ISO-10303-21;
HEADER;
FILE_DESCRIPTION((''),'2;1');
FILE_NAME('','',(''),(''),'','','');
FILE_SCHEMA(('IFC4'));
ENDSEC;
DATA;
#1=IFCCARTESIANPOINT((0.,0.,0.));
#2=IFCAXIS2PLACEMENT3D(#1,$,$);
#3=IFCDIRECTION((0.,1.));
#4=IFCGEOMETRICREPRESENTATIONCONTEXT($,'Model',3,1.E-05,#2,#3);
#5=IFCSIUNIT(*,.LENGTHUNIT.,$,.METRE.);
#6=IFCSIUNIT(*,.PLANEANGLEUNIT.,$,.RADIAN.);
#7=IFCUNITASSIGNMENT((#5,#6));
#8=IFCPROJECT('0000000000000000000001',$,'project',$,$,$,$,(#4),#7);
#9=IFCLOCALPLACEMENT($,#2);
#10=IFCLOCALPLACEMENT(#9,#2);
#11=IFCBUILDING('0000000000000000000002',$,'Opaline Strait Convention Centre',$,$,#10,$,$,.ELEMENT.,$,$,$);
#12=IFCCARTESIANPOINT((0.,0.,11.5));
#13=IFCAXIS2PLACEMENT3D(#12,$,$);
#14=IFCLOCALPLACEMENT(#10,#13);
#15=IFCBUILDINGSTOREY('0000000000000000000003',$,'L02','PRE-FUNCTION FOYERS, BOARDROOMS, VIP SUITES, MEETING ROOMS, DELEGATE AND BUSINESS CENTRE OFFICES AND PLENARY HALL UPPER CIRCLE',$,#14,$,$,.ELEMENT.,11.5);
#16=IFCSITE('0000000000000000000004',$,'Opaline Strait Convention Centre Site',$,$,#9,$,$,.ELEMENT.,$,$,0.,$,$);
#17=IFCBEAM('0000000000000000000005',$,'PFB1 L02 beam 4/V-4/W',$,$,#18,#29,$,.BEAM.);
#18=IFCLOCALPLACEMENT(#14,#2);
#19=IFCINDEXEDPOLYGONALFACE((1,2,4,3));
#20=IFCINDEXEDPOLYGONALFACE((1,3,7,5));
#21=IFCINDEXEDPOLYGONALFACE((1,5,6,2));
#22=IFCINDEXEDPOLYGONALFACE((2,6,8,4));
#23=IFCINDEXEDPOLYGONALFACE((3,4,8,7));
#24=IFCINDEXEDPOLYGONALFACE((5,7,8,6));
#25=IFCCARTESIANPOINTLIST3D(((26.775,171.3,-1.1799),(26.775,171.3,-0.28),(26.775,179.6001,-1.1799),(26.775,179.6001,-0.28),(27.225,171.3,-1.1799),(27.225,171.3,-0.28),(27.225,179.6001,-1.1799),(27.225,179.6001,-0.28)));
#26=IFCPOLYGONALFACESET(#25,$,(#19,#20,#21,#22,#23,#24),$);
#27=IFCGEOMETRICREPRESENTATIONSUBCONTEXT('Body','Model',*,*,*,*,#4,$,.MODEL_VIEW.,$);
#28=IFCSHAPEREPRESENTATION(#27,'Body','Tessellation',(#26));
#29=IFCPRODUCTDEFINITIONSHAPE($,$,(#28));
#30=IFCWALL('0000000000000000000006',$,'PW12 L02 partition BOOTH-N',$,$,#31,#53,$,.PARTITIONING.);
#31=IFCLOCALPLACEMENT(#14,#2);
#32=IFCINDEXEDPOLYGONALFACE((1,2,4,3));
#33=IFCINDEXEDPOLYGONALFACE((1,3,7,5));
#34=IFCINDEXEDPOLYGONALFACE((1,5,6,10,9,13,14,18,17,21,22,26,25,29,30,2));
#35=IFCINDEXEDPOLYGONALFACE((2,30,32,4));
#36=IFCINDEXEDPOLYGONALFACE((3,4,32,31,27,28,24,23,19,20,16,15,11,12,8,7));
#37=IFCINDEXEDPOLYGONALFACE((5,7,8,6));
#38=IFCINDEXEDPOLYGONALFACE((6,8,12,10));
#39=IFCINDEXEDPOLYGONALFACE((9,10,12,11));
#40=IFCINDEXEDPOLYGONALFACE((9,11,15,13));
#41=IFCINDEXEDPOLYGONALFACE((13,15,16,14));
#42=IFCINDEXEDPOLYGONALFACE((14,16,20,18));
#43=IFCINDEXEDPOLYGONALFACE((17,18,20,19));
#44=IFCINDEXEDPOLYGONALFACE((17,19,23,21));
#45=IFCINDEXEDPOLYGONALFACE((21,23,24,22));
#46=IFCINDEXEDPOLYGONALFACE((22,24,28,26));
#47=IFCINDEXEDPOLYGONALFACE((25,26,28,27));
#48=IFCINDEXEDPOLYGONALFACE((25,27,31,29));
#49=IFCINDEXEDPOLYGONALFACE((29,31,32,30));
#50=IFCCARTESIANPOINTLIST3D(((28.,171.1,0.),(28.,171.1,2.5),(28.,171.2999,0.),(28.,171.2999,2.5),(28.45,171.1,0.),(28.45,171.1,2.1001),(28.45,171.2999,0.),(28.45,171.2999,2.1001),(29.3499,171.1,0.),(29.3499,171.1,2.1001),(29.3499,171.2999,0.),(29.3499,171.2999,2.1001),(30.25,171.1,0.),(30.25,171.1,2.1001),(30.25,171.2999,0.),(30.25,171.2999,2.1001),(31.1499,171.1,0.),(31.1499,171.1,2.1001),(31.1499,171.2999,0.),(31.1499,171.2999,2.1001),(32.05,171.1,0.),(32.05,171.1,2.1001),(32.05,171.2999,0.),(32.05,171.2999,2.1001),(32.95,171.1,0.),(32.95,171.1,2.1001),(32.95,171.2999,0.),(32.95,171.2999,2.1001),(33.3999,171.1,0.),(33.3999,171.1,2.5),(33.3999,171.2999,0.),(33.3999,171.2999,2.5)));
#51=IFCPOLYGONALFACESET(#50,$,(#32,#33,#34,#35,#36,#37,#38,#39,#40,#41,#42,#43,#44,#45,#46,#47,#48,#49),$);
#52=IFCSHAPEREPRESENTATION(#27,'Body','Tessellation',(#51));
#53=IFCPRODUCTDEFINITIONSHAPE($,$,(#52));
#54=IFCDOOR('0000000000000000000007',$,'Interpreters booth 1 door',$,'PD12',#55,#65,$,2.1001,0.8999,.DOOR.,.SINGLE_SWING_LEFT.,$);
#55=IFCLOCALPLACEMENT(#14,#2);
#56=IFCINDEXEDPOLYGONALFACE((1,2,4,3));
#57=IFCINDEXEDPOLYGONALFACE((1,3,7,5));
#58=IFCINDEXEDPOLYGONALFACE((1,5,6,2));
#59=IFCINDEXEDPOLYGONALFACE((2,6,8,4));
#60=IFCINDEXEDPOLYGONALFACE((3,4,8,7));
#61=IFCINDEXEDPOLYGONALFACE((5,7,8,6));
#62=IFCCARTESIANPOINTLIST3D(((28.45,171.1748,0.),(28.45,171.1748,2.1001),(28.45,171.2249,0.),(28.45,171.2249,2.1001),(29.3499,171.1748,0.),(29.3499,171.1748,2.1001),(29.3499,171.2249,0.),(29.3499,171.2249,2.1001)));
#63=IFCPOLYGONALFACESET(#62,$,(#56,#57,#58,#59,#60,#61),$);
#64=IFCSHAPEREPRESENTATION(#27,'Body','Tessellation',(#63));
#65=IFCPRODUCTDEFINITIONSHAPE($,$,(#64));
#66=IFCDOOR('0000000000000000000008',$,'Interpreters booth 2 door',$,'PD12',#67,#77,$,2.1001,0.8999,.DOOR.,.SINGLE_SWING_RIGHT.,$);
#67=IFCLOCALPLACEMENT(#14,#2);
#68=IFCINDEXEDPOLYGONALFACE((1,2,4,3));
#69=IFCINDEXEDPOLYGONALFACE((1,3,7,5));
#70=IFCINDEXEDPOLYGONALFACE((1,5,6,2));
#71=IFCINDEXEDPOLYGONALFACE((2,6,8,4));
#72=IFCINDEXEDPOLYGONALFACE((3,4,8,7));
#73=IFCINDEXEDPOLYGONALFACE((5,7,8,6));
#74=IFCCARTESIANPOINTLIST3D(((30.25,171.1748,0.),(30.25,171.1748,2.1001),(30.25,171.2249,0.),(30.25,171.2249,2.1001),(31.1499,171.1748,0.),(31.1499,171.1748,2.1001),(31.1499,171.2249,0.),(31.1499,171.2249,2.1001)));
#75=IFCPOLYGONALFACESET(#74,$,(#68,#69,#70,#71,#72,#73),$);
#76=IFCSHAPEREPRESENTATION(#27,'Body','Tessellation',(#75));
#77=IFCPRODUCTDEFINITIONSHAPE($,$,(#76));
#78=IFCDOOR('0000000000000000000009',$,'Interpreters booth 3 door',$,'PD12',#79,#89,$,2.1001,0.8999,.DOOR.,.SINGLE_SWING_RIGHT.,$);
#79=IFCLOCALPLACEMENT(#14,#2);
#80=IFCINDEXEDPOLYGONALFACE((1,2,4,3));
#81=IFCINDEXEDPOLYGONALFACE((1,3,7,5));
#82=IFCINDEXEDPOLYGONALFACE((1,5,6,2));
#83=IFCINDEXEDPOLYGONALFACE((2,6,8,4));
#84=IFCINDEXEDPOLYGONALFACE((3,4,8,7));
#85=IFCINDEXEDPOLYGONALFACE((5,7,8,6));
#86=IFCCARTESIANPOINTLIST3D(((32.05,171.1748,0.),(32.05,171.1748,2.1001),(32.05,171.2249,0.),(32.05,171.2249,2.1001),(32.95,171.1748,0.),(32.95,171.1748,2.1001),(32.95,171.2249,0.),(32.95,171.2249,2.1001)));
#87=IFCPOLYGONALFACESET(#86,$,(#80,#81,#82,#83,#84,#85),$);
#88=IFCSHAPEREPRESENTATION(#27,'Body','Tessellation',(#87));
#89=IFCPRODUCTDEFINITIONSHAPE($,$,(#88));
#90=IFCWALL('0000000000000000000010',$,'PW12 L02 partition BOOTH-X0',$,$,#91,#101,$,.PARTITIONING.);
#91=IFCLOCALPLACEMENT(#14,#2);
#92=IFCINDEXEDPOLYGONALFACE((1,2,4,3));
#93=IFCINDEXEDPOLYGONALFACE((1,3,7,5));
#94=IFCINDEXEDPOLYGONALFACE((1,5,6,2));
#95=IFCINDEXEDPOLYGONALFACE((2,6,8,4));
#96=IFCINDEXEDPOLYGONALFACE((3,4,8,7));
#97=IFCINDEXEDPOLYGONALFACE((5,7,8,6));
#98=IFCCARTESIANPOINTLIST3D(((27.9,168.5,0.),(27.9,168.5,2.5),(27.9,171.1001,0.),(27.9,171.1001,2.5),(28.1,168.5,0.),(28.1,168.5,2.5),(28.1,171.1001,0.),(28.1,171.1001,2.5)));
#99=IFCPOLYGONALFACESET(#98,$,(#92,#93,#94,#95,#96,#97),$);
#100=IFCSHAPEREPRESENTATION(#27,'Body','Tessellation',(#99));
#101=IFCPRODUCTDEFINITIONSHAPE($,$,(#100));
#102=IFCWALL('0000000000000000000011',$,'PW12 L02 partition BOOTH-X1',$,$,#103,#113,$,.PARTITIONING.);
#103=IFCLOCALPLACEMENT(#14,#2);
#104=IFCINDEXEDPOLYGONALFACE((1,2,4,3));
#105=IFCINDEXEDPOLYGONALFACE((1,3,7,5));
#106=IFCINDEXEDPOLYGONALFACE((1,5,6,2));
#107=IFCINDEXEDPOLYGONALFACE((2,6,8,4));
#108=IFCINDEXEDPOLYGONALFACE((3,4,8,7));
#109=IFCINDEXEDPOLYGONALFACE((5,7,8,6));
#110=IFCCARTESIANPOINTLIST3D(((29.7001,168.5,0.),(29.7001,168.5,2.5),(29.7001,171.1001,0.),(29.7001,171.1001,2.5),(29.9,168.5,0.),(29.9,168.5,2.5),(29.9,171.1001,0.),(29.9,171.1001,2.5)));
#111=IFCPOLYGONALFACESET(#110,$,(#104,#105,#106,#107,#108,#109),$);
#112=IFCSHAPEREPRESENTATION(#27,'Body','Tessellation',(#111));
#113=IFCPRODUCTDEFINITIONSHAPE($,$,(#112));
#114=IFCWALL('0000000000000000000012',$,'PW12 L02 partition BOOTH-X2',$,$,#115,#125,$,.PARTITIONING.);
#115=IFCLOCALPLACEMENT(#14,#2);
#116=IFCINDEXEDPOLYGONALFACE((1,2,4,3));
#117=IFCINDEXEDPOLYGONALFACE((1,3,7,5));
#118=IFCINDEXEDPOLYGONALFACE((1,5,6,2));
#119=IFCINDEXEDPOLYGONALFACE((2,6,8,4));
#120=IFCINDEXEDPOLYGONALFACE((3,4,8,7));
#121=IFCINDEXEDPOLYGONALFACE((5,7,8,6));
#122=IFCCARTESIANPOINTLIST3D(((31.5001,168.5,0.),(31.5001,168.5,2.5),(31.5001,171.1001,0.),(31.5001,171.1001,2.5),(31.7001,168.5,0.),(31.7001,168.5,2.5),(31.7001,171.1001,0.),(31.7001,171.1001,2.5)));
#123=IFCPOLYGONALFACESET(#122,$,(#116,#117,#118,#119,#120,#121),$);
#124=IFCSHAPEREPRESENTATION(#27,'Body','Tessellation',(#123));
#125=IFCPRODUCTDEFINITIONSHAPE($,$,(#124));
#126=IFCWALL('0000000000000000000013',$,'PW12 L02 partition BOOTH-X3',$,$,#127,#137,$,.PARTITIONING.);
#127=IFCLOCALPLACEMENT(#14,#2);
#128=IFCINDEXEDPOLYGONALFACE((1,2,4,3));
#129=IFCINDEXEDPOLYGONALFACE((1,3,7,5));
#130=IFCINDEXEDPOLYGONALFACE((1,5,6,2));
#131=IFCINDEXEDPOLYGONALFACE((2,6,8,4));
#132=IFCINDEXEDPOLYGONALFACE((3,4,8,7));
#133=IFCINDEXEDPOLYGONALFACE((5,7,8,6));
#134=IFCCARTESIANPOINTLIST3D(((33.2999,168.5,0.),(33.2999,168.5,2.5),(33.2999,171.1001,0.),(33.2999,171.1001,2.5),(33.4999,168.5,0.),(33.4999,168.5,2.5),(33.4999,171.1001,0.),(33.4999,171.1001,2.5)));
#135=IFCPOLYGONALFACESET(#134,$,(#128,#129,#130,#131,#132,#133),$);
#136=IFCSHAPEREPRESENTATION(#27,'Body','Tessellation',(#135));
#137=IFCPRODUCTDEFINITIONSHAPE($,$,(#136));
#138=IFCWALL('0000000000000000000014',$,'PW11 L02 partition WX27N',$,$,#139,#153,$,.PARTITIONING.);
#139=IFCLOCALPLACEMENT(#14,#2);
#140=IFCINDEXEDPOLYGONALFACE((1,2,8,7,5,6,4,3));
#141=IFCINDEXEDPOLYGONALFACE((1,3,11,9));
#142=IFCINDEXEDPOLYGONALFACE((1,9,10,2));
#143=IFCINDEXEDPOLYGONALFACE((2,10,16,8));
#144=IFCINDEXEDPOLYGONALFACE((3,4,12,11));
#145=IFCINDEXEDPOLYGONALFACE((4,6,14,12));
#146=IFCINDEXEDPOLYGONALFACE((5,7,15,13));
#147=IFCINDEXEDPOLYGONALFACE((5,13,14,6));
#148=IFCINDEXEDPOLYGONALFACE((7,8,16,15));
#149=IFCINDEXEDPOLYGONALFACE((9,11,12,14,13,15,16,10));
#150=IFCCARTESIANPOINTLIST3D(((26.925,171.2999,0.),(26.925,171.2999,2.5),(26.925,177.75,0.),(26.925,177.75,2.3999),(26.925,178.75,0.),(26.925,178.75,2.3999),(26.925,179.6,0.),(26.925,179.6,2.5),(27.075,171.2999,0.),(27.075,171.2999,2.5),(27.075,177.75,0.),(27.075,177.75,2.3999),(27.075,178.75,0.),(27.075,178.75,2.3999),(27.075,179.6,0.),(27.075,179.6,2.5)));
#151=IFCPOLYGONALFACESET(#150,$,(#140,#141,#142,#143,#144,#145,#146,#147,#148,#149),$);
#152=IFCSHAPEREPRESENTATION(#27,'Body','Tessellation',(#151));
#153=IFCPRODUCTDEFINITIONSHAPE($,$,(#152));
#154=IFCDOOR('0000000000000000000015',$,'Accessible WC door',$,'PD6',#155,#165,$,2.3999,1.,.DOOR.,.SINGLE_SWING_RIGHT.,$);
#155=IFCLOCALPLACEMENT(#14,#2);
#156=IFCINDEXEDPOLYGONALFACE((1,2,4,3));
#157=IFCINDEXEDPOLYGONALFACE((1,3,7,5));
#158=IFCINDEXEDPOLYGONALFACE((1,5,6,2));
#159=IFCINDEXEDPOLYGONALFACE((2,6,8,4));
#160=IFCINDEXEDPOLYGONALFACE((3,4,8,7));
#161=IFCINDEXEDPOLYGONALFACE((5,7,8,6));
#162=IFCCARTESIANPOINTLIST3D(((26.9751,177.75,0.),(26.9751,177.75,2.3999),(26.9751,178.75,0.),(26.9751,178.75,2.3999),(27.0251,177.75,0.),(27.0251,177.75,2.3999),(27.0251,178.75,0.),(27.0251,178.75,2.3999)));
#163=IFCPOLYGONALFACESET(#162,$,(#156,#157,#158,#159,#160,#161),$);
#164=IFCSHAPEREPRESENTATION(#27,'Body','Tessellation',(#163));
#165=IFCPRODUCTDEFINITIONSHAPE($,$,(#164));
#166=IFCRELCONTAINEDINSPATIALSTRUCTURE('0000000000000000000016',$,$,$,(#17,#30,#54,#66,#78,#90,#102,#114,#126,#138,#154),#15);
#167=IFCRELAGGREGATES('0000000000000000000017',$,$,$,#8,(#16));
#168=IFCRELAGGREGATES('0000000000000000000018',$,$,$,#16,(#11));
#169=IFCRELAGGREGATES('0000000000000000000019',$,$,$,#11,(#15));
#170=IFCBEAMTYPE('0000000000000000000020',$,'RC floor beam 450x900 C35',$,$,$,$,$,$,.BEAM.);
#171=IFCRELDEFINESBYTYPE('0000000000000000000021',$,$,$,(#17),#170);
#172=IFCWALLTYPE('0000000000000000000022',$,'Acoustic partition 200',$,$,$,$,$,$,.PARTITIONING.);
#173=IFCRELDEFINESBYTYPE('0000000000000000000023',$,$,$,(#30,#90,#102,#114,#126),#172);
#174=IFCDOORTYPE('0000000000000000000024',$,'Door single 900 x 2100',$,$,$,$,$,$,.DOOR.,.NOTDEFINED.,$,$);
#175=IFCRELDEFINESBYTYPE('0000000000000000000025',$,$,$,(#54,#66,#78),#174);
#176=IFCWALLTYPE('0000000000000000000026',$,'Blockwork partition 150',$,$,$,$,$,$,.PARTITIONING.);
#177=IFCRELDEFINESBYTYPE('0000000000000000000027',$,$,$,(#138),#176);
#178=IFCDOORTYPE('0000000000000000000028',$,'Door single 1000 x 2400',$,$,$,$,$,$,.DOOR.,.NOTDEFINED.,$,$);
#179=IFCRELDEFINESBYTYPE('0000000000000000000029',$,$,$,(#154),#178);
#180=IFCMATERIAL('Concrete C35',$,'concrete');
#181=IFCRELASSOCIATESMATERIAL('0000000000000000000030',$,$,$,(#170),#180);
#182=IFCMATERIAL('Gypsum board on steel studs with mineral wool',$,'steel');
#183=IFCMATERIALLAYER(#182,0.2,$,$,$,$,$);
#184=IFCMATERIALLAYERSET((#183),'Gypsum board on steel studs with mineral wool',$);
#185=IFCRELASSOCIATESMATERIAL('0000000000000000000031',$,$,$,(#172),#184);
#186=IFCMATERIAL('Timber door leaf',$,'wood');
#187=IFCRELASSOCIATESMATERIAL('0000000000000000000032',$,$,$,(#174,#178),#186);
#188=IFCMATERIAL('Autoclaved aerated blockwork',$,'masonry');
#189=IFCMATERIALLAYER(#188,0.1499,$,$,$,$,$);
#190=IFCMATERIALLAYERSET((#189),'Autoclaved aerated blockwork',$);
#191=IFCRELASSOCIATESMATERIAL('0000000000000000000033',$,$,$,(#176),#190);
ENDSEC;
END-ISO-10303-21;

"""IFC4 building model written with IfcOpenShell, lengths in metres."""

from ifc_helpers import new_model, si_unit, direction, frame, frame_2d, origin, origin_2d, place, context, subcontext, project, spatial, rectangle, extrude, material, layer, layer_set, material_profile, profile_set, type_object, element, fill, save


model = new_model("IFC4")

# Units and contexts
model_context = context("Model", 3, precision=1e-05, world=origin(), true_north=direction((0.0, 1.0)))
body_context = subcontext(model_context, "Body", "Model", "MODEL_VIEW")
ifc_project = project(units=[si_unit("LENGTHUNIT", "METRE"), si_unit("PLANEANGLEUNIT", "RADIAN")], contexts=[model_context])

# Site, building, storey
site_placement = place(None, origin())
site = spatial("IfcSite", under=ifc_project, at=site_placement, Name="Opaline Strait Convention Centre Site", CompositionType="ELEMENT", RefElevation=0.0)
building_placement = place(site_placement, origin())
building = spatial("IfcBuilding", under=site, at=building_placement, Name="Opaline Strait Convention Centre", CompositionType="ELEMENT")
storey_placement = place(building_placement, frame((0.0, 0.0, 11.5)))
storey = spatial("IfcBuildingStorey", under=building, at=storey_placement, Name="L02", Description="PRE-FUNCTION FOYERS, BOARDROOMS, VIP SUITES, MEETING ROOMS, DELEGATE AND BUSINESS CENTRE OFFICES AND PLENARY HALL UPPER CIRCLE", CompositionType="ELEMENT", Elevation=11.5)

# Beam
ifc_material_1 = material(Name="Concrete C35", Category="concrete")
ifc_material_profile = material_profile(ifc_material_1, rectangle(XDim=0.45, YDim=0.8999, at=origin_2d()), Name="RC 450x900")
ifc_profile_set = profile_set([ifc_material_profile], Name="Concrete C35")
beam_type = type_object("IfcBeamType", Name="RC floor beam 450x900 C35", PredefinedType="BEAM", material=ifc_profile_set)
beam_placement = place(storey_placement, frame((27.0, 171.3, -0.73), z_axis=(0.0, 1.0, 0.0), x_axis=(-1.0, 0.0, 0.0)))
element("IfcBeam", 1, at=beam_placement, inside=storey, type_object=beam_type, Name="PFB1 L02 beam 4/V-4/W", PredefinedType="BEAM", context=body_context, shape_type="SweptSolid", body=[
    extrude(rectangle(XDim=0.45, YDim=0.8999, at=origin_2d()), origin(), (0.0, 0.0, 1.0), 8.3),
])

# Shared definitions
ifc_material_2 = material(Name="Gypsum board on steel studs with mineral wool", Category="steel")
ifc_layer_1 = layer(ifc_material_2, 0.2)
ifc_layer_set_1 = layer_set([ifc_layer_1], Name="Gypsum board on steel studs with mineral wool")
wall_type_1 = type_object("IfcWallType", Name="Acoustic partition 200", PredefinedType="PARTITIONING", material=ifc_layer_set_1)

# Wall, openings, doors
wall_1_placement = place(storey_placement, frame((28.0, 171.2, 0.0), z_axis=(0.0, 0.0, 1.0), x_axis=(1.0, 0.0, 0.0)))
wall_1 = element("IfcWall", 2, at=wall_1_placement, inside=storey, type_object=wall_type_1, Name="PW12 L02 partition BOOTH-N", PredefinedType="PARTITIONING", context=body_context, shape_type="SweptSolid", body=[
    extrude(rectangle(XDim=5.3999, YDim=0.2, at=frame_2d((2.7, 0.0))), origin(), (0.0, 0.0, 1.0), 2.5),
])
opening_1_placement = place(wall_1_placement, frame((0.45, 0.0, 0.0)))
opening_1 = element("IfcOpeningElement", 3, at=opening_1_placement, cuts=wall_1, PredefinedType="OPENING", context=body_context, shape_type="SweptSolid", body=[
    extrude(rectangle(XDim=0.8999, YDim=2.1001, at=frame_2d((0.45, 1.05))), frame((0.0, 0.1099, 0.0), z_axis=(0.0, -1.0, 0.0), x_axis=(1.0, 0.0, 0.0)), (0.0, 0.0, 1.0), 0.22),
])
opening_2_placement = place(wall_1_placement, frame((2.25, 0.0, 0.0)))
opening_2 = element("IfcOpeningElement", 4, at=opening_2_placement, cuts=wall_1, PredefinedType="OPENING", context=body_context, shape_type="SweptSolid", body=[
    extrude(rectangle(XDim=0.8999, YDim=2.1001, at=frame_2d((0.45, 1.05))), frame((0.0, 0.1099, 0.0), z_axis=(0.0, -1.0, 0.0), x_axis=(1.0, 0.0, 0.0)), (0.0, 0.0, 1.0), 0.22),
])
opening_3_placement = place(wall_1_placement, frame((4.05, 0.0, 0.0)))
opening_3 = element("IfcOpeningElement", 5, at=opening_3_placement, cuts=wall_1, PredefinedType="OPENING", context=body_context, shape_type="SweptSolid", body=[
    extrude(rectangle(XDim=0.8999, YDim=2.1001, at=frame_2d((0.45, 1.05))), frame((0.0, 0.1099, 0.0), z_axis=(0.0, -1.0, 0.0), x_axis=(1.0, 0.0, 0.0)), (0.0, 0.0, 1.0), 0.22),
])
ifc_material_3 = material(Name="Timber door leaf", Category="wood")
door_type_1 = type_object("IfcDoorType", Name="Door single 900 x 2100", OperationType="NOTDEFINED", PredefinedType="DOOR", material=ifc_material_3)
door_1_placement = place(opening_1_placement, origin())
door_1 = element("IfcDoor", 6, at=door_1_placement, inside=storey, type_object=door_type_1, Name="Interpreters booth 1 door", ObjectType="PD12", OperationType="SINGLE_SWING_LEFT", OverallHeight=2.1001, OverallWidth=0.8999, PredefinedType="DOOR", context=body_context, shape_type="SweptSolid", body=[
    extrude(rectangle(XDim=0.8999, YDim=2.1001, at=frame_2d((0.45, 1.05))), frame((0.0, 0.0249, 0.0), z_axis=(0.0, -1.0, 0.0), x_axis=(1.0, 0.0, 0.0)), (0.0, 0.0, 1.0), 0.05),
])
fill(opening_1, door_1)
door_2_placement = place(opening_2_placement, origin())
door_2 = element("IfcDoor", 7, at=door_2_placement, inside=storey, type_object=door_type_1, Name="Interpreters booth 2 door", ObjectType="PD12", OperationType="SINGLE_SWING_RIGHT", OverallHeight=2.1001, OverallWidth=0.8999, PredefinedType="DOOR", context=body_context, shape_type="SweptSolid", body=[
    extrude(rectangle(XDim=0.8999, YDim=2.1001, at=frame_2d((0.45, 1.05))), frame((0.0, 0.0249, 0.0), z_axis=(0.0, -1.0, 0.0), x_axis=(1.0, 0.0, 0.0)), (0.0, 0.0, 1.0), 0.05),
])
fill(opening_2, door_2)
door_3_placement = place(opening_3_placement, origin())
door_3 = element("IfcDoor", 8, at=door_3_placement, inside=storey, type_object=door_type_1, Name="Interpreters booth 3 door", ObjectType="PD12", OperationType="SINGLE_SWING_RIGHT", OverallHeight=2.1001, OverallWidth=0.8999, PredefinedType="DOOR", context=body_context, shape_type="SweptSolid", body=[
    extrude(rectangle(XDim=0.8999, YDim=2.1001, at=frame_2d((0.45, 1.05))), frame((0.0, 0.0249, 0.0), z_axis=(0.0, -1.0, 0.0), x_axis=(1.0, 0.0, 0.0)), (0.0, 0.0, 1.0), 0.05),
])
fill(opening_3, door_3)

# Walls
for number, where, z_axis, x_axis, name in (
    (9, (28.0, 168.5, 0.0), (0.0, 0.0, 1.0), (0.0, 1.0, 0.0), "PW12 L02 partition BOOTH-X0"),
    (10, (29.8, 168.5, 0.0), (0.0, 0.0, 1.0), (0.0, 1.0, 0.0), "PW12 L02 partition BOOTH-X1"),
    (11, (31.6001, 168.5, 0.0), (0.0, 0.0, 1.0), (0.0, 1.0, 0.0), "PW12 L02 partition BOOTH-X2"),
    (12, (33.3999, 168.5, 0.0), (0.0, 0.0, 1.0), (0.0, 1.0, 0.0), "PW12 L02 partition BOOTH-X3"),
):
    element("IfcWall", number, at=place(storey_placement, frame(where, z_axis=z_axis, x_axis=x_axis)), inside=storey, type_object=wall_type_1, Name=name, PredefinedType="PARTITIONING", context=body_context, shape_type="SweptSolid", body=[
        extrude(rectangle(XDim=2.6001, YDim=0.2, at=frame_2d((1.3, 0.0))), origin(), (0.0, 0.0, 1.0), 2.5),
    ])

# Wall, opening, door
ifc_material_4 = material(Name="Autoclaved aerated blockwork", Category="masonry")
ifc_layer_2 = layer(ifc_material_4, 0.1499)
ifc_layer_set_2 = layer_set([ifc_layer_2], Name="Autoclaved aerated blockwork")
wall_type_2 = type_object("IfcWallType", Name="Blockwork partition 150", PredefinedType="PARTITIONING", material=ifc_layer_set_2)
wall_2_placement = place(storey_placement, frame((27.0, 171.3, 0.0), z_axis=(0.0, 0.0, 1.0), x_axis=(0.0, 1.0, 0.0)))
wall_2 = element("IfcWall", 13, at=wall_2_placement, inside=storey, type_object=wall_type_2, Name="PW11 L02 partition WX27N", PredefinedType="PARTITIONING", context=body_context, shape_type="SweptSolid", body=[
    extrude(rectangle(XDim=8.3, YDim=0.1499, at=frame_2d((4.1499, 0.0))), origin(), (0.0, 0.0, 1.0), 2.5),
])
opening_4_placement = place(wall_2_placement, frame((6.45, 0.0, 0.0)))
opening_4 = element("IfcOpeningElement", 14, at=opening_4_placement, cuts=wall_2, PredefinedType="OPENING", context=body_context, shape_type="SweptSolid", body=[
    extrude(rectangle(XDim=1.0, YDim=2.3999, at=frame_2d((0.5, 1.2))), frame((0.0, 0.085, 0.0), z_axis=(0.0, -1.0, 0.0), x_axis=(1.0, 0.0, 0.0)), (0.0, 0.0, 1.0), 0.1699),
])
door_type_2 = type_object("IfcDoorType", Name="Door single 1000 x 2400", OperationType="NOTDEFINED", PredefinedType="DOOR", material=ifc_material_3)
door_4_placement = place(opening_4_placement, origin())
door_4 = element("IfcDoor", 15, at=door_4_placement, inside=storey, type_object=door_type_2, Name="Accessible WC door", ObjectType="PD6", OperationType="SINGLE_SWING_RIGHT", OverallHeight=2.3999, OverallWidth=1.0, PredefinedType="DOOR", context=body_context, shape_type="SweptSolid", body=[
    extrude(rectangle(XDim=1.0, YDim=2.3999, at=frame_2d((0.5, 1.2))), frame((0.0, 0.0249, 0.0), z_axis=(0.0, -1.0, 0.0), x_axis=(1.0, 0.0, 0.0)), (0.0, 0.0, 1.0), 0.05),
])
fill(opening_4, door_4)

save(model, "model.ifc")
